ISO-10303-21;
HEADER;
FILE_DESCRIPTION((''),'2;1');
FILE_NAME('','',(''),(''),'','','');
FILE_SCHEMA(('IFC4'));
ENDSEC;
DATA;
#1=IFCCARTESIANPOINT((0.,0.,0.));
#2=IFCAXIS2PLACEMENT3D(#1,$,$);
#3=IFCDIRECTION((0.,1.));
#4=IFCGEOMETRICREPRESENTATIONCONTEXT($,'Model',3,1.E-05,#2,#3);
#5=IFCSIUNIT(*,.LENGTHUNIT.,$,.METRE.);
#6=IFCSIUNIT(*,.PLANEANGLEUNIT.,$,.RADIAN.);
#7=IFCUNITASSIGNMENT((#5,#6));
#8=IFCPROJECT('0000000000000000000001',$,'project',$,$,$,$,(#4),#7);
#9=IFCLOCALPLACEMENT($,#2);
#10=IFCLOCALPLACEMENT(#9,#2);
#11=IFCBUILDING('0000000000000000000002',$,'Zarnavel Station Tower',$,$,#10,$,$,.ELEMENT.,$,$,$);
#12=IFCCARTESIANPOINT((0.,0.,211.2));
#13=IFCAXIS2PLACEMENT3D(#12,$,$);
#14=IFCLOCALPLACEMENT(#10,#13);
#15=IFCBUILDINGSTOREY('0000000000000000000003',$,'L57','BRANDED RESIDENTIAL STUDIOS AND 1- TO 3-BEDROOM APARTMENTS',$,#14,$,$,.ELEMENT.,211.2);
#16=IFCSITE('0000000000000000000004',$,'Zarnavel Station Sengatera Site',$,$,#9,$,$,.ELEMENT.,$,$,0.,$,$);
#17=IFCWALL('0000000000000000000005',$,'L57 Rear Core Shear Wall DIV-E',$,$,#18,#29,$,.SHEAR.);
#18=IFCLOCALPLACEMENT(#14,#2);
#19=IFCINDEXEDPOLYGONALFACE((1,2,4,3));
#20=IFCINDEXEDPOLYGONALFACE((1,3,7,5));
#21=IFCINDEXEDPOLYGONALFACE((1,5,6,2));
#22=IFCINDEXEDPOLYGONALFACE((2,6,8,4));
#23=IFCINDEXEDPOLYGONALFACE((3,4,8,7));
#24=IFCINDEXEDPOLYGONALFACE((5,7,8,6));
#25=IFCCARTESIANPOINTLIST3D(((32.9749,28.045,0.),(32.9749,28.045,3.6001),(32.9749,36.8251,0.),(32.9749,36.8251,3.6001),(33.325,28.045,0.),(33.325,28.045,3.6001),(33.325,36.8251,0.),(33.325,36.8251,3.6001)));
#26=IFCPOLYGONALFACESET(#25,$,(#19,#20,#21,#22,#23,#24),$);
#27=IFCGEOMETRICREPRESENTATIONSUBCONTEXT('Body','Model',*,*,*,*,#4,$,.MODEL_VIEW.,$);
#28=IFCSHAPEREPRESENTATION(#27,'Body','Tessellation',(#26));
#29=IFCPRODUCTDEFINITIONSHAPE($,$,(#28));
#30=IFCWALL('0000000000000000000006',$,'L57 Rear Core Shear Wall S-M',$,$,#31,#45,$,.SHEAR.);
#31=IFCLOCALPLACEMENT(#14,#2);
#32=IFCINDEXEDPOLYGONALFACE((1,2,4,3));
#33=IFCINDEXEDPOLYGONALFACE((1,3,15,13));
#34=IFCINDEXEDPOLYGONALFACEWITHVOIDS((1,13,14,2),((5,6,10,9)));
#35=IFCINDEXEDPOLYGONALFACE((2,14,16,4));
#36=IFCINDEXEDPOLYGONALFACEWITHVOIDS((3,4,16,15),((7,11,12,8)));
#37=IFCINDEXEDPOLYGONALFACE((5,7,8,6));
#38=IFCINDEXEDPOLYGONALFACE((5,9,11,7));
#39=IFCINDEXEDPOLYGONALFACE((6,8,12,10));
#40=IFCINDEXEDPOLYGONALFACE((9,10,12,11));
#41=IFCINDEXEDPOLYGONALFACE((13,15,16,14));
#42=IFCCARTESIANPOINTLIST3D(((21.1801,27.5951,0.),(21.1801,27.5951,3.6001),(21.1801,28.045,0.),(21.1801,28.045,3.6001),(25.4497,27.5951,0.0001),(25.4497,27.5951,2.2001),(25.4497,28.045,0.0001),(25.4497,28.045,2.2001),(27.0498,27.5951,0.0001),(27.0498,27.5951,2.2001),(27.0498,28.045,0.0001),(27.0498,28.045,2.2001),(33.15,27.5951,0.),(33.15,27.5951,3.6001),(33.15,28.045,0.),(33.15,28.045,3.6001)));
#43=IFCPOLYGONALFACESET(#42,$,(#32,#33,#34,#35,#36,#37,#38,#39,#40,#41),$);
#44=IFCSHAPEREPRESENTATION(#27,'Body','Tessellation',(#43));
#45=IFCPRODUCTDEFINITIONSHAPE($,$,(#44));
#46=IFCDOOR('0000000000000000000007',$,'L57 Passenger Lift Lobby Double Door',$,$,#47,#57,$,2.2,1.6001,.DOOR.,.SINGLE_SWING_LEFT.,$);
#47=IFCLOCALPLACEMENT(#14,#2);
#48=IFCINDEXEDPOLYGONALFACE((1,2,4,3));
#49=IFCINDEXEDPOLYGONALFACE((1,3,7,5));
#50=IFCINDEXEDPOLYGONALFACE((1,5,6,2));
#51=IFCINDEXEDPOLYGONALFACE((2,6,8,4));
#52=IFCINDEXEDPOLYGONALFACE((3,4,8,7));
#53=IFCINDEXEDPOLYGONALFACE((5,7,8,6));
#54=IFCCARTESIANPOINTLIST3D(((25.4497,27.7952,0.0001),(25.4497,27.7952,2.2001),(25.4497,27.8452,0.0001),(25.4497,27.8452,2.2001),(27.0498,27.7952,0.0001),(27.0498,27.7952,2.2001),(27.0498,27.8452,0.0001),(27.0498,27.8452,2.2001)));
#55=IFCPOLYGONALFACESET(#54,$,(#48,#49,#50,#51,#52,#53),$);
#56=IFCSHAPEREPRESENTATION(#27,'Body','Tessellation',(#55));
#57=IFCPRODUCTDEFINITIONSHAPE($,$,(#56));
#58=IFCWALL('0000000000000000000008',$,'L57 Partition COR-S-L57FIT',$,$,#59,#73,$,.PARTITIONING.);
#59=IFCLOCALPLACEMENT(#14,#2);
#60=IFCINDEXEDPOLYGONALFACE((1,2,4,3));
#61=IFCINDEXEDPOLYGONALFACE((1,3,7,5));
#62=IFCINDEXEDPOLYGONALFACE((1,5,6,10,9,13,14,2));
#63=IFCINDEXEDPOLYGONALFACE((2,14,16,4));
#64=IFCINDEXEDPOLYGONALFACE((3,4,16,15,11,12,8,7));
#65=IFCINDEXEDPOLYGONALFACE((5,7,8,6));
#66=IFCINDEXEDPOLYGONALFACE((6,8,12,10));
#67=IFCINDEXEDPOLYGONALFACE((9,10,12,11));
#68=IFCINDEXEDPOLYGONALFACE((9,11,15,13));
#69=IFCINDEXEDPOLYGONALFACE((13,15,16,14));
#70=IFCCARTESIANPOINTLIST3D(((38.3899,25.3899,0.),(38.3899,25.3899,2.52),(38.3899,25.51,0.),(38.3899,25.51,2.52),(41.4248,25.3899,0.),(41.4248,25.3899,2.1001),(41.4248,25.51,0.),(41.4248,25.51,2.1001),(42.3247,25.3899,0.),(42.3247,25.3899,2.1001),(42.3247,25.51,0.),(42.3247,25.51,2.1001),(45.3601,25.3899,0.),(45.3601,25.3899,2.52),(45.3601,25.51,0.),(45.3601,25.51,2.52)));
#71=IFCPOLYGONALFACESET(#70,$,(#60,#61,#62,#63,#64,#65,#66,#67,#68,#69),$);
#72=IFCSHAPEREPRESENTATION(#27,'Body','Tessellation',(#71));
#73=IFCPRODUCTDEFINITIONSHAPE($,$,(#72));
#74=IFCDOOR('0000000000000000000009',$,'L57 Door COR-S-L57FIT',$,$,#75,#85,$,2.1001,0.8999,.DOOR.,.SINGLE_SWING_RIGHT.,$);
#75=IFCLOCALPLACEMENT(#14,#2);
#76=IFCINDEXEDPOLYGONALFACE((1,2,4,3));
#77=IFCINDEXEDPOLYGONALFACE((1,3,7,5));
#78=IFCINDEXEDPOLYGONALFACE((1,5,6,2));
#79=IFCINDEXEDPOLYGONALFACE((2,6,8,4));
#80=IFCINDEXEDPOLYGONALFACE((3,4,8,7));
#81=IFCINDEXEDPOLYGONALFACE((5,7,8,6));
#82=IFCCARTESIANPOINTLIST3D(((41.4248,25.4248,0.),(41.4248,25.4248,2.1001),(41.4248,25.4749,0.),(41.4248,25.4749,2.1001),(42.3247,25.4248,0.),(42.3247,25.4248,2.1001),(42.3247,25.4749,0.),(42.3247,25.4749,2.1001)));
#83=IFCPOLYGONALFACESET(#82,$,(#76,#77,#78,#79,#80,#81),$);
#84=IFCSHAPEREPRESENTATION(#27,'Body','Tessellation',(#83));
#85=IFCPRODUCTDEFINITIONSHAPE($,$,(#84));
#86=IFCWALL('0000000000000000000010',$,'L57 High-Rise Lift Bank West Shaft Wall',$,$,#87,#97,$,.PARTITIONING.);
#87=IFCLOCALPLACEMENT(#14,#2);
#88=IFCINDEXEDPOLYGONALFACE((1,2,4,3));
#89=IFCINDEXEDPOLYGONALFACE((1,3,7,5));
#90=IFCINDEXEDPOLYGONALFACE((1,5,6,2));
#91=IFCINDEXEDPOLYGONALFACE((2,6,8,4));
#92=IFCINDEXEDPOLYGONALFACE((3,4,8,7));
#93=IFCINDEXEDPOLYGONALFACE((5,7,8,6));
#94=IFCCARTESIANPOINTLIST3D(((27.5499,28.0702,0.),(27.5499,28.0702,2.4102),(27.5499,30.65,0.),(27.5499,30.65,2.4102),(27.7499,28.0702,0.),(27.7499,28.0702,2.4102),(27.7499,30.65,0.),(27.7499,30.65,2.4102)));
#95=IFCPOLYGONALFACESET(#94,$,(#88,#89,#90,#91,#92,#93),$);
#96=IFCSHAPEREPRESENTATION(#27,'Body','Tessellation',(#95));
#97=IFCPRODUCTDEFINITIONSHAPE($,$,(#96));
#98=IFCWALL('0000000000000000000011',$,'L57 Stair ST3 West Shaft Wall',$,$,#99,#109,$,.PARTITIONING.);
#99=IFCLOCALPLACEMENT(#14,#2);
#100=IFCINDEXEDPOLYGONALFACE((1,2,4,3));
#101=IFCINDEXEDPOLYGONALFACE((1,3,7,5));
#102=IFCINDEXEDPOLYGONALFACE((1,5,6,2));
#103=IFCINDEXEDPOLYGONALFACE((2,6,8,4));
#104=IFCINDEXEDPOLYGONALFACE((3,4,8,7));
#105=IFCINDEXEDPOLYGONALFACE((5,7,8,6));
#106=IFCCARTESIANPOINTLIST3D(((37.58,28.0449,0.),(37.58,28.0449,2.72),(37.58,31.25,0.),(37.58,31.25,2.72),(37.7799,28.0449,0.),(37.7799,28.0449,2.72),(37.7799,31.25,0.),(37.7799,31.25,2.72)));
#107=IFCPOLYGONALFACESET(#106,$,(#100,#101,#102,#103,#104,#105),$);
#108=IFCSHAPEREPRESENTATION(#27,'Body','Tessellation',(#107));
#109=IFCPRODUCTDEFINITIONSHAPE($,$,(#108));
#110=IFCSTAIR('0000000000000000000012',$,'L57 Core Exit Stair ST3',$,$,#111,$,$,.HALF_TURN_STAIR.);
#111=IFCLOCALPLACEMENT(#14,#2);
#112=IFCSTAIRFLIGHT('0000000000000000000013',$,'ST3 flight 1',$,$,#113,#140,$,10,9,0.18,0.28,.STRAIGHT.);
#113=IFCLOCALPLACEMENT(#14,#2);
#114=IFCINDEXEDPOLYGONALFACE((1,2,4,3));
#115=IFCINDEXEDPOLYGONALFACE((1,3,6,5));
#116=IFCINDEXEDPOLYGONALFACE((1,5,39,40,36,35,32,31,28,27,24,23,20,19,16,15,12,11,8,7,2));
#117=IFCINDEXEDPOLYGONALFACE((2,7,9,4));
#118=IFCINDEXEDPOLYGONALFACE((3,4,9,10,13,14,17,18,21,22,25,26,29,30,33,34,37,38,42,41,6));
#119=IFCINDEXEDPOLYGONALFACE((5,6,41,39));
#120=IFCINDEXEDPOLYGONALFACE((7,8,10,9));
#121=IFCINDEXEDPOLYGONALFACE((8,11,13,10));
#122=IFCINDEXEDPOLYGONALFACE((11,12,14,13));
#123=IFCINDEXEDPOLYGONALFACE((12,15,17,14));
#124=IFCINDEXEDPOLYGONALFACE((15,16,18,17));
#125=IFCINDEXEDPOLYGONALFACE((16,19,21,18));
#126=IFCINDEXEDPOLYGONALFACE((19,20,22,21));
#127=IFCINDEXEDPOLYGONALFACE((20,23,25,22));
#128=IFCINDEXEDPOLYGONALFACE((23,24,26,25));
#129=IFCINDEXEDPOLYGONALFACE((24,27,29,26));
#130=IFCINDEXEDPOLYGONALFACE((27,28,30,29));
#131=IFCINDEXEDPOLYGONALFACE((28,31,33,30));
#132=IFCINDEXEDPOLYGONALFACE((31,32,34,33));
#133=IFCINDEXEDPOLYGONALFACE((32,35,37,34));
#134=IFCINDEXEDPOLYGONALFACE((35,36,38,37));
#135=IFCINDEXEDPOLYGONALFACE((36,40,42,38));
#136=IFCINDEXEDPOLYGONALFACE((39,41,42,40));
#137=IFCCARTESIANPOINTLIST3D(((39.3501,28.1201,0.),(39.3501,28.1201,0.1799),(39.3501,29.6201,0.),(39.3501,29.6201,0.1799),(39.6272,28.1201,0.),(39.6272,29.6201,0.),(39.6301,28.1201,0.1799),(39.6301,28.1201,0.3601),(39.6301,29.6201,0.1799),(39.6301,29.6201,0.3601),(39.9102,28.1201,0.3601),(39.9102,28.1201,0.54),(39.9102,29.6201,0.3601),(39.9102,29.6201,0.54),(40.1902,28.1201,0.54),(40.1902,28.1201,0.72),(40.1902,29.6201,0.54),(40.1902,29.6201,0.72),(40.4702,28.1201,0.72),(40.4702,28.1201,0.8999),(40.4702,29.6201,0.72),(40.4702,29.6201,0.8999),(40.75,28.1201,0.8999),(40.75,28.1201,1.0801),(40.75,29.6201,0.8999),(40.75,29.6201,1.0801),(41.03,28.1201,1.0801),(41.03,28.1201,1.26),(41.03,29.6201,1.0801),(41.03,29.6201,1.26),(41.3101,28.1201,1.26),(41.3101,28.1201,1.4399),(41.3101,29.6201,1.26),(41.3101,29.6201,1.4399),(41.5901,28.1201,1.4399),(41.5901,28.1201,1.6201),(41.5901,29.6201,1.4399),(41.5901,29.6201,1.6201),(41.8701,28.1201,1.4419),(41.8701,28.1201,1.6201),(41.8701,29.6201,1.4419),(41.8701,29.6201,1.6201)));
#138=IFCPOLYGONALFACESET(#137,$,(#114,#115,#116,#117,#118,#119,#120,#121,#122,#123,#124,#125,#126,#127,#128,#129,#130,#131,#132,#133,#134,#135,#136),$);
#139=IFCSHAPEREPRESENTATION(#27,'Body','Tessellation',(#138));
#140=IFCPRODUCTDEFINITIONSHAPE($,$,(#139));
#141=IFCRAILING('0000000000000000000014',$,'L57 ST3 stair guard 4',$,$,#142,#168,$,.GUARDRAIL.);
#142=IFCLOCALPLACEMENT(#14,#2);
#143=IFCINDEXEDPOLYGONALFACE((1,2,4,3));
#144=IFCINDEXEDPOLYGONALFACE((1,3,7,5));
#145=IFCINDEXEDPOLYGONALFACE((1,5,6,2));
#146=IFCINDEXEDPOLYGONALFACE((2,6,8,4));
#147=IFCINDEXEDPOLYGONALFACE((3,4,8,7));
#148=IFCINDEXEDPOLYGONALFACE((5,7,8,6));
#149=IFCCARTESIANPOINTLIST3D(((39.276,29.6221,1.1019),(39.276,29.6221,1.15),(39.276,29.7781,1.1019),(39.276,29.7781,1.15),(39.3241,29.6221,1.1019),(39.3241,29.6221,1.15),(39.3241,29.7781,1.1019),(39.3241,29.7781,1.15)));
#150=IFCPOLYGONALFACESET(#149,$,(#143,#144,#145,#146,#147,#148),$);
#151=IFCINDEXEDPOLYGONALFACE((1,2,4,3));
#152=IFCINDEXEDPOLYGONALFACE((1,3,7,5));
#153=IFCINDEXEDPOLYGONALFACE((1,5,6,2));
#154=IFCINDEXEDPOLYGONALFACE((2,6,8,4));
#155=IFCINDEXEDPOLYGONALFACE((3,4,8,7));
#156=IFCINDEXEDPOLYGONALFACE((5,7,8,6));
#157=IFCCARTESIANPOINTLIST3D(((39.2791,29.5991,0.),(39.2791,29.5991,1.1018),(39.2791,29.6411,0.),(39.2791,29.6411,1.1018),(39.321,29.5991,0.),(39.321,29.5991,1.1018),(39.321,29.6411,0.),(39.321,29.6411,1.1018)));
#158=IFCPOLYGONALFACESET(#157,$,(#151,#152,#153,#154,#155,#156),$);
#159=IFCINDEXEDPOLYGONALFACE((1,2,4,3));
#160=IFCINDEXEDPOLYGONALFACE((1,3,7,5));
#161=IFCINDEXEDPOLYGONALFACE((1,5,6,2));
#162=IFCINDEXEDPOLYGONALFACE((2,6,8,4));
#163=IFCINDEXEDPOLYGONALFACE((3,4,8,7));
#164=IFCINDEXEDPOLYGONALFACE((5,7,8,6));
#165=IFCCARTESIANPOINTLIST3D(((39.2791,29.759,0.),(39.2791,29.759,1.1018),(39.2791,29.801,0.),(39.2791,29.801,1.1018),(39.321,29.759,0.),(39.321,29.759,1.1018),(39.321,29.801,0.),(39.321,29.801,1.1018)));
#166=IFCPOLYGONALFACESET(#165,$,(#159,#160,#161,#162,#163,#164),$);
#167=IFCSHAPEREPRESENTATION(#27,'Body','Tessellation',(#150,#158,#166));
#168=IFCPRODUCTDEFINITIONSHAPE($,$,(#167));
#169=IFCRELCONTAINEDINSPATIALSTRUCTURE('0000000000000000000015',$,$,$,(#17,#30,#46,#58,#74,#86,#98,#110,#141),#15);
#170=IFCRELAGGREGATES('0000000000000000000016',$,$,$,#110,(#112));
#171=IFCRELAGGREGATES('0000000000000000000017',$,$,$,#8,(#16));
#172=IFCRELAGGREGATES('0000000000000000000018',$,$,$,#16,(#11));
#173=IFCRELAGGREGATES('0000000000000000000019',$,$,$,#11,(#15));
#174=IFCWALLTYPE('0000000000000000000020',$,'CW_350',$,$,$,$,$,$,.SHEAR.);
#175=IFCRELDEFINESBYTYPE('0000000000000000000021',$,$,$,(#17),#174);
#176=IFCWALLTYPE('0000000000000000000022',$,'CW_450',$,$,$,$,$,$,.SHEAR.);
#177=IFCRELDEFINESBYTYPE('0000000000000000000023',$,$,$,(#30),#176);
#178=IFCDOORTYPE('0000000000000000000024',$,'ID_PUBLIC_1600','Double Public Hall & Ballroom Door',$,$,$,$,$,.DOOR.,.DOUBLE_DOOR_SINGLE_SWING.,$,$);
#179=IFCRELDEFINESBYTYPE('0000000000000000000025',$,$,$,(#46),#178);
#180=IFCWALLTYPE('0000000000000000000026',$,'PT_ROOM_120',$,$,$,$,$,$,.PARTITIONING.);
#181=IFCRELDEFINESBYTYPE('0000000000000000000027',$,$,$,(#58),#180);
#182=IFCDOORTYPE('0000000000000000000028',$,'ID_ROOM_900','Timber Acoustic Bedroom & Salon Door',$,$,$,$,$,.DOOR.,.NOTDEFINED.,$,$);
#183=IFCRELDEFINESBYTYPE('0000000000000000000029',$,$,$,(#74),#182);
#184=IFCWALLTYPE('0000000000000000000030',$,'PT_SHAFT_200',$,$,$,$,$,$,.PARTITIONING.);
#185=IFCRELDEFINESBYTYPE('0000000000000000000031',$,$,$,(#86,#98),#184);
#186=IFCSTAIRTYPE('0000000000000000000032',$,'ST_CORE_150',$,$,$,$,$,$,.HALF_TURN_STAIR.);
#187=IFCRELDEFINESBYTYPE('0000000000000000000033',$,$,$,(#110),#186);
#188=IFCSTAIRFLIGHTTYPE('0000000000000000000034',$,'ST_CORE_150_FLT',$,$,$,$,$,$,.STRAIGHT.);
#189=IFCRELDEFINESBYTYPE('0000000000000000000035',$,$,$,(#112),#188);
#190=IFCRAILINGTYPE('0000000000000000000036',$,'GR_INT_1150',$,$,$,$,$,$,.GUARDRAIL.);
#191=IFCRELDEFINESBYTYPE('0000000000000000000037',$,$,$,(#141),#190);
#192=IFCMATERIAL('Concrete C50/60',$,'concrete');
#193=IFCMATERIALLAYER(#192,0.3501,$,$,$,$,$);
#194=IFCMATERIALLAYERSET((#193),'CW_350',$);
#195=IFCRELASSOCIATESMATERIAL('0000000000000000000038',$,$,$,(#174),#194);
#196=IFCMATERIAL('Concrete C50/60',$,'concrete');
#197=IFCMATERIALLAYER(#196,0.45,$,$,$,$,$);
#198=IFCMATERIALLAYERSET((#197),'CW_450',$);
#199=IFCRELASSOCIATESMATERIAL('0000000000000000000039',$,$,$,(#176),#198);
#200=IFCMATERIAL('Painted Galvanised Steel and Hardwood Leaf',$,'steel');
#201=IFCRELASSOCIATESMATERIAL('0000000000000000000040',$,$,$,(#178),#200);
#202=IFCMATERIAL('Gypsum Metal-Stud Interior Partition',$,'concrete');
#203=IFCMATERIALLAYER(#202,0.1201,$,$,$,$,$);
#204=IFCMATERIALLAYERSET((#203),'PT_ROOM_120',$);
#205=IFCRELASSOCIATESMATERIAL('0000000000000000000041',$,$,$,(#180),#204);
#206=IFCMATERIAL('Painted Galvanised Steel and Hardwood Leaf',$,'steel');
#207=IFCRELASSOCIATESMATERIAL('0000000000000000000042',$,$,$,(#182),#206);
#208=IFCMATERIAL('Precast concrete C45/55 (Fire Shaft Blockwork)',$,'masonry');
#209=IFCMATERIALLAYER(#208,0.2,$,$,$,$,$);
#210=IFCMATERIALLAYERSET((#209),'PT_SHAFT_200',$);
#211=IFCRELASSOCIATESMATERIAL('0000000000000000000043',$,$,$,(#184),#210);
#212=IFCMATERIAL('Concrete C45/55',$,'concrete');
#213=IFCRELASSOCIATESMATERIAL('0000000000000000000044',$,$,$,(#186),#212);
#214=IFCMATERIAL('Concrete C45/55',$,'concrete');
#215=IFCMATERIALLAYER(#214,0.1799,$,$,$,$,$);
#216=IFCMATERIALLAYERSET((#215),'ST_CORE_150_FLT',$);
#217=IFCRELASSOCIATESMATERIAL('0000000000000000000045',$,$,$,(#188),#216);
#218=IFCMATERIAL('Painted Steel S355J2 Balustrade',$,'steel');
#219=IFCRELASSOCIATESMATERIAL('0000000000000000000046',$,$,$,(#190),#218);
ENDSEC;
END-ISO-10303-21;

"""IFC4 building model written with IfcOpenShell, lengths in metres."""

from ifc_helpers import new_model, si_unit, direction, frame, frame_2d, origin, origin_2d, place, context, subcontext, project, spatial, polyline, rectangle, outline, extrude, material, layer, layer_set, type_object, element, fill, aggregate, save


model = new_model("IFC4")

# Units and contexts
model_context = context("Model", 3, precision=1e-05, world=origin(), true_north=direction((0.0, 1.0)))
body_context = subcontext(model_context, "Body", "Model", "MODEL_VIEW")
ifc_project = project(units=[si_unit("LENGTHUNIT", "METRE"), si_unit("PLANEANGLEUNIT", "RADIAN")], contexts=[model_context])

# Site, building, storey
site_placement = place(None, origin())
site = spatial("IfcSite", under=ifc_project, at=site_placement, Name="Zarnavel Station Sengatera Site", CompositionType="ELEMENT", RefElevation=0.0)
building_placement = place(site_placement, origin())
building = spatial("IfcBuilding", under=site, at=building_placement, Name="Zarnavel Station Tower", CompositionType="ELEMENT")
storey_placement = place(building_placement, frame((0.0, 0.0, 211.2)))
storey = spatial("IfcBuildingStorey", under=building, at=storey_placement, Name="L57", Description="BRANDED RESIDENTIAL STUDIOS AND 1- TO 3-BEDROOM APARTMENTS", CompositionType="ELEMENT", Elevation=211.2)

# Wall
ifc_material_1 = material(Name="Concrete C50/60", Category="concrete")
ifc_layer_1 = layer(ifc_material_1, 0.3501)
ifc_layer_set_1 = layer_set([ifc_layer_1], Name="CW_350")
wall_type_1 = type_object("IfcWallType", Name="CW_350", PredefinedType="SHEAR", material=ifc_layer_set_1)
wall_1_placement = place(storey_placement, frame((33.1499, 28.0449, 0.0), z_axis=(0.0, 0.0, 1.0), x_axis=(0.0, 1.0, 0.0)))
element("IfcWall", 1, at=wall_1_placement, inside=storey, type_object=wall_type_1, Name="L57 Rear Core Shear Wall DIV-E", PredefinedType="SHEAR", context=body_context, shape_type="SweptSolid", body=[
    extrude(rectangle(XDim=8.78, YDim=0.3501, at=frame_2d((4.3901, 0.0))), origin(), (0.0, 0.0, 1.0), 3.6001),
])

# Walls, openings, doors
ifc_material_2 = material(Name="Concrete C50/60", Category="concrete")
ifc_layer_2 = layer(ifc_material_2, 0.45)
ifc_layer_set_2 = layer_set([ifc_layer_2], Name="CW_450")
wall_type_2 = type_object("IfcWallType", Name="CW_450", PredefinedType="SHEAR", material=ifc_layer_set_2)
wall_2_placement = place(storey_placement, frame((33.1499, 27.8201, 0.0), z_axis=(0.0, 0.0, 1.0), x_axis=(-1.0, 0.0, 0.0)))
wall_2 = element("IfcWall", 2, at=wall_2_placement, inside=storey, type_object=wall_type_2, Name="L57 Rear Core Shear Wall S-M", PredefinedType="SHEAR", context=body_context, shape_type="SweptSolid", body=[
    extrude(rectangle(XDim=11.97, YDim=0.45, at=frame_2d((5.9849, 0.0))), origin(), (0.0, 0.0, 1.0), 3.6001),
])
opening_1_placement = place(wall_2_placement, frame((6.1001, 0.0, 0.0)))
opening_1 = element("IfcOpeningElement", 3, at=opening_1_placement, cuts=wall_2, PredefinedType="OPENING", context=body_context, shape_type="SweptSolid", body=[
    extrude(rectangle(XDim=1.6001, YDim=2.2, at=frame_2d((0.8, 1.1001))), frame((0.0, 0.2349, 0.0), z_axis=(0.0, -1.0, 0.0), x_axis=(1.0, 0.0, 0.0)), (0.0, 0.0, 1.0), 0.47),
])
ifc_material_3 = material(Name="Painted Galvanised Steel and Hardwood Leaf", Category="steel")
door_type_1 = type_object("IfcDoorType", Name="ID_PUBLIC_1600", Description="Double Public Hall & Ballroom Door", OperationType="DOUBLE_DOOR_SINGLE_SWING", PredefinedType="DOOR", material=ifc_material_3)
door_1_placement = place(opening_1_placement, origin())
door_1 = element("IfcDoor", 4, at=door_1_placement, inside=storey, type_object=door_type_1, Name="L57 Passenger Lift Lobby Double Door", OperationType="SINGLE_SWING_LEFT", OverallHeight=2.2, OverallWidth=1.6001, PredefinedType="DOOR", context=body_context, shape_type="SweptSolid", body=[
    extrude(rectangle(XDim=1.6001, YDim=2.2, at=frame_2d((0.8, 1.1001))), frame((0.0, 0.0249, 0.0), z_axis=(0.0, -1.0, 0.0), x_axis=(1.0, 0.0, 0.0)), (0.0, 0.0, 1.0), 0.05),
])
fill(opening_1, door_1)
ifc_material_4 = material(Name="Gypsum Metal-Stud Interior Partition", Category="concrete")
ifc_layer_3 = layer(ifc_material_4, 0.1201)
ifc_layer_set_3 = layer_set([ifc_layer_3], Name="PT_ROOM_120")
wall_type_3 = type_object("IfcWallType", Name="PT_ROOM_120", PredefinedType="PARTITIONING", material=ifc_layer_set_3)
wall_3_placement = place(storey_placement, frame((38.3899, 25.45, 0.0), z_axis=(0.0, 0.0, 1.0), x_axis=(1.0, 0.0, 0.0)))
wall_3 = element("IfcWall", 5, at=wall_3_placement, inside=storey, type_object=wall_type_3, Name="L57 Partition COR-S-L57FIT", PredefinedType="PARTITIONING", context=body_context, shape_type="SweptSolid", body=[
    extrude(rectangle(XDim=6.9702, YDim=0.1201, at=frame_2d((3.4851, 0.0))), origin(), (0.0, 0.0, 1.0), 2.52),
])
opening_2_placement = place(wall_3_placement, frame((3.0349, 0.0, 0.0)))
opening_2 = element("IfcOpeningElement", 6, at=opening_2_placement, cuts=wall_3, PredefinedType="OPENING", context=body_context, shape_type="SweptSolid", body=[
    extrude(rectangle(XDim=0.8999, YDim=2.1001, at=frame_2d((0.45, 1.05))), frame((0.0, 0.0701, 0.0), z_axis=(0.0, -1.0, 0.0), x_axis=(1.0, 0.0, 0.0)), (0.0, 0.0, 1.0), 0.1401),
])
ifc_material_5 = material(Name="Painted Galvanised Steel and Hardwood Leaf", Category="steel")
door_type_2 = type_object("IfcDoorType", Name="ID_ROOM_900", Description="Timber Acoustic Bedroom & Salon Door", OperationType="NOTDEFINED", PredefinedType="DOOR", material=ifc_material_5)
door_2_placement = place(opening_2_placement, origin())
door_2 = element("IfcDoor", 7, at=door_2_placement, inside=storey, type_object=door_type_2, Name="L57 Door COR-S-L57FIT", OperationType="SINGLE_SWING_RIGHT", OverallHeight=2.1001, OverallWidth=0.8999, PredefinedType="DOOR", context=body_context, shape_type="SweptSolid", body=[
    extrude(rectangle(XDim=0.8999, YDim=2.1001, at=frame_2d((0.45, 1.05))), frame((0.0, 0.0249, 0.0), z_axis=(0.0, -1.0, 0.0), x_axis=(1.0, 0.0, 0.0)), (0.0, 0.0, 1.0), 0.05),
])
fill(opening_2, door_2)

# Walls
ifc_material_6 = material(Name="Precast concrete C45/55 (Fire Shaft Blockwork)", Category="masonry")
ifc_layer_4 = layer(ifc_material_6, 0.2)
ifc_layer_set_4 = layer_set([ifc_layer_4], Name="PT_SHAFT_200")
wall_type_4 = type_object("IfcWallType", Name="PT_SHAFT_200", PredefinedType="PARTITIONING", material=ifc_layer_set_4)
wall_4_placement = place(storey_placement, frame((27.6499, 28.0701, 0.0), z_axis=(0.0, 0.0, 1.0), x_axis=(0.0, 1.0, 0.0)))
element("IfcWall", 8, at=wall_4_placement, inside=storey, type_object=wall_type_4, Name="L57 High-Rise Lift Bank West Shaft Wall", PredefinedType="PARTITIONING", context=body_context, shape_type="SweptSolid", body=[
    extrude(rectangle(XDim=2.5798, YDim=0.2, at=frame_2d((1.29, 0.0))), origin(), (0.0, 0.0, 1.0), 2.4102),
])
wall_5_placement = place(storey_placement, frame((37.6799, 28.0449, 0.0), z_axis=(0.0, 0.0, 1.0), x_axis=(0.0, 1.0, 0.0)))
element("IfcWall", 9, at=wall_5_placement, inside=storey, type_object=wall_type_4, Name="L57 Stair ST3 West Shaft Wall", PredefinedType="PARTITIONING", context=body_context, shape_type="SweptSolid", body=[
    extrude(rectangle(XDim=3.2051, YDim=0.2, at=frame_2d((1.6025, 0.0))), origin(), (0.0, 0.0, 1.0), 2.72),
])

# Stair, stair flight
ifc_material_7 = material(Name="Concrete C45/55", Category="concrete")
stair_type = type_object("IfcStairType", Name="ST_CORE_150", PredefinedType="HALF_TURN_STAIR", material=ifc_material_7)
stair_placement = place(storey_placement, origin())
stair = element("IfcStair", 10, at=stair_placement, inside=storey, type_object=stair_type, Name="L57 Core Exit Stair ST3", PredefinedType="HALF_TURN_STAIR")
ifc_material_8 = material(Name="Concrete C45/55", Category="concrete")
ifc_layer_5 = layer(ifc_material_8, 0.1799)
ifc_layer_set_5 = layer_set([ifc_layer_5], Name="ST_CORE_150_FLT")
stair_flight_type = type_object("IfcStairFlightType", Name="ST_CORE_150_FLT", PredefinedType="STRAIGHT", material=ifc_layer_set_5)
stair_flight_placement = place(storey_placement, frame((39.3501, 28.8701, 0.0), z_axis=(0.0, 0.0, 1.0), x_axis=(1.0, 0.0, 0.0)))
stair_flight = element("IfcStairFlight", 11, at=stair_flight_placement, type_object=stair_flight_type, Name="ST3 flight 1", NumberOfRisers=10, NumberOfTreads=9, PredefinedType="STRAIGHT", RiserHeight=0.18, TreadLength=0.28, context=body_context, shape_type="SweptSolid", body=[
    extrude(outline(polyline([(0.0, 0.0), (0.0, 0.1799), (0.28, 0.1799), (0.28, 0.3601), (0.5601, 0.3601), (0.5601, 0.54), (0.8401, 0.54), (0.8401, 0.72), (1.1201, 0.72), (1.1201, 0.8999), (1.3999, 0.8999), (1.3999, 1.0801), (1.6799, 1.0801), (1.6799, 1.26), (1.96, 1.26), (1.96, 1.4399), (2.24, 1.4399), (2.24, 1.6201), (2.52, 1.6201), (2.52, 1.8), (2.52, 1.4419), (0.2771, 0.0), (0.0, 0.0)])), frame((0.0, 0.75, 0.0), z_axis=(0.0, -1.0, 0.0), x_axis=(1.0, 0.0, 0.0)), (0.0, 0.0, 1.0), 1.5),
])
aggregate(stair, [stair_flight])

# Railing
ifc_material_9 = material(Name="Painted Steel S355J2 Balustrade", Category="steel")
railing_type_1 = type_object("IfcRailingType", Name="GR_INT_1150", PredefinedType="GUARDRAIL", material=ifc_material_9)
railing_1_placement = place(storey_placement, frame((39.3, 29.6201, 0.0)))
element("IfcRailing", 12, at=railing_1_placement, inside=storey, type_object=railing_type_1, Name="L57 ST3 stair guard 4", PredefinedType="GUARDRAIL", context=body_context, shape_type="SweptSolid", body=[
    extrude(rectangle(XDim=0.0481, YDim=0.0481, at=origin_2d()), frame((0.0, 0.002, 1.126), z_axis=(0.0, 1.0, 0.0), x_axis=(-1.0, 0.0, 0.0)), (0.0, 0.0, 1.0), 0.156),
    extrude(rectangle(XDim=0.042, YDim=0.042, at=origin_2d()), origin(), (0.0, 0.0, 1.0), 1.1018),
    extrude(rectangle(XDim=0.042, YDim=0.042, at=origin_2d()), frame((0.0, 0.1599, 0.0)), (0.0, 0.0, 1.0), 1.1018),
])

save(model, "model.ifc")
